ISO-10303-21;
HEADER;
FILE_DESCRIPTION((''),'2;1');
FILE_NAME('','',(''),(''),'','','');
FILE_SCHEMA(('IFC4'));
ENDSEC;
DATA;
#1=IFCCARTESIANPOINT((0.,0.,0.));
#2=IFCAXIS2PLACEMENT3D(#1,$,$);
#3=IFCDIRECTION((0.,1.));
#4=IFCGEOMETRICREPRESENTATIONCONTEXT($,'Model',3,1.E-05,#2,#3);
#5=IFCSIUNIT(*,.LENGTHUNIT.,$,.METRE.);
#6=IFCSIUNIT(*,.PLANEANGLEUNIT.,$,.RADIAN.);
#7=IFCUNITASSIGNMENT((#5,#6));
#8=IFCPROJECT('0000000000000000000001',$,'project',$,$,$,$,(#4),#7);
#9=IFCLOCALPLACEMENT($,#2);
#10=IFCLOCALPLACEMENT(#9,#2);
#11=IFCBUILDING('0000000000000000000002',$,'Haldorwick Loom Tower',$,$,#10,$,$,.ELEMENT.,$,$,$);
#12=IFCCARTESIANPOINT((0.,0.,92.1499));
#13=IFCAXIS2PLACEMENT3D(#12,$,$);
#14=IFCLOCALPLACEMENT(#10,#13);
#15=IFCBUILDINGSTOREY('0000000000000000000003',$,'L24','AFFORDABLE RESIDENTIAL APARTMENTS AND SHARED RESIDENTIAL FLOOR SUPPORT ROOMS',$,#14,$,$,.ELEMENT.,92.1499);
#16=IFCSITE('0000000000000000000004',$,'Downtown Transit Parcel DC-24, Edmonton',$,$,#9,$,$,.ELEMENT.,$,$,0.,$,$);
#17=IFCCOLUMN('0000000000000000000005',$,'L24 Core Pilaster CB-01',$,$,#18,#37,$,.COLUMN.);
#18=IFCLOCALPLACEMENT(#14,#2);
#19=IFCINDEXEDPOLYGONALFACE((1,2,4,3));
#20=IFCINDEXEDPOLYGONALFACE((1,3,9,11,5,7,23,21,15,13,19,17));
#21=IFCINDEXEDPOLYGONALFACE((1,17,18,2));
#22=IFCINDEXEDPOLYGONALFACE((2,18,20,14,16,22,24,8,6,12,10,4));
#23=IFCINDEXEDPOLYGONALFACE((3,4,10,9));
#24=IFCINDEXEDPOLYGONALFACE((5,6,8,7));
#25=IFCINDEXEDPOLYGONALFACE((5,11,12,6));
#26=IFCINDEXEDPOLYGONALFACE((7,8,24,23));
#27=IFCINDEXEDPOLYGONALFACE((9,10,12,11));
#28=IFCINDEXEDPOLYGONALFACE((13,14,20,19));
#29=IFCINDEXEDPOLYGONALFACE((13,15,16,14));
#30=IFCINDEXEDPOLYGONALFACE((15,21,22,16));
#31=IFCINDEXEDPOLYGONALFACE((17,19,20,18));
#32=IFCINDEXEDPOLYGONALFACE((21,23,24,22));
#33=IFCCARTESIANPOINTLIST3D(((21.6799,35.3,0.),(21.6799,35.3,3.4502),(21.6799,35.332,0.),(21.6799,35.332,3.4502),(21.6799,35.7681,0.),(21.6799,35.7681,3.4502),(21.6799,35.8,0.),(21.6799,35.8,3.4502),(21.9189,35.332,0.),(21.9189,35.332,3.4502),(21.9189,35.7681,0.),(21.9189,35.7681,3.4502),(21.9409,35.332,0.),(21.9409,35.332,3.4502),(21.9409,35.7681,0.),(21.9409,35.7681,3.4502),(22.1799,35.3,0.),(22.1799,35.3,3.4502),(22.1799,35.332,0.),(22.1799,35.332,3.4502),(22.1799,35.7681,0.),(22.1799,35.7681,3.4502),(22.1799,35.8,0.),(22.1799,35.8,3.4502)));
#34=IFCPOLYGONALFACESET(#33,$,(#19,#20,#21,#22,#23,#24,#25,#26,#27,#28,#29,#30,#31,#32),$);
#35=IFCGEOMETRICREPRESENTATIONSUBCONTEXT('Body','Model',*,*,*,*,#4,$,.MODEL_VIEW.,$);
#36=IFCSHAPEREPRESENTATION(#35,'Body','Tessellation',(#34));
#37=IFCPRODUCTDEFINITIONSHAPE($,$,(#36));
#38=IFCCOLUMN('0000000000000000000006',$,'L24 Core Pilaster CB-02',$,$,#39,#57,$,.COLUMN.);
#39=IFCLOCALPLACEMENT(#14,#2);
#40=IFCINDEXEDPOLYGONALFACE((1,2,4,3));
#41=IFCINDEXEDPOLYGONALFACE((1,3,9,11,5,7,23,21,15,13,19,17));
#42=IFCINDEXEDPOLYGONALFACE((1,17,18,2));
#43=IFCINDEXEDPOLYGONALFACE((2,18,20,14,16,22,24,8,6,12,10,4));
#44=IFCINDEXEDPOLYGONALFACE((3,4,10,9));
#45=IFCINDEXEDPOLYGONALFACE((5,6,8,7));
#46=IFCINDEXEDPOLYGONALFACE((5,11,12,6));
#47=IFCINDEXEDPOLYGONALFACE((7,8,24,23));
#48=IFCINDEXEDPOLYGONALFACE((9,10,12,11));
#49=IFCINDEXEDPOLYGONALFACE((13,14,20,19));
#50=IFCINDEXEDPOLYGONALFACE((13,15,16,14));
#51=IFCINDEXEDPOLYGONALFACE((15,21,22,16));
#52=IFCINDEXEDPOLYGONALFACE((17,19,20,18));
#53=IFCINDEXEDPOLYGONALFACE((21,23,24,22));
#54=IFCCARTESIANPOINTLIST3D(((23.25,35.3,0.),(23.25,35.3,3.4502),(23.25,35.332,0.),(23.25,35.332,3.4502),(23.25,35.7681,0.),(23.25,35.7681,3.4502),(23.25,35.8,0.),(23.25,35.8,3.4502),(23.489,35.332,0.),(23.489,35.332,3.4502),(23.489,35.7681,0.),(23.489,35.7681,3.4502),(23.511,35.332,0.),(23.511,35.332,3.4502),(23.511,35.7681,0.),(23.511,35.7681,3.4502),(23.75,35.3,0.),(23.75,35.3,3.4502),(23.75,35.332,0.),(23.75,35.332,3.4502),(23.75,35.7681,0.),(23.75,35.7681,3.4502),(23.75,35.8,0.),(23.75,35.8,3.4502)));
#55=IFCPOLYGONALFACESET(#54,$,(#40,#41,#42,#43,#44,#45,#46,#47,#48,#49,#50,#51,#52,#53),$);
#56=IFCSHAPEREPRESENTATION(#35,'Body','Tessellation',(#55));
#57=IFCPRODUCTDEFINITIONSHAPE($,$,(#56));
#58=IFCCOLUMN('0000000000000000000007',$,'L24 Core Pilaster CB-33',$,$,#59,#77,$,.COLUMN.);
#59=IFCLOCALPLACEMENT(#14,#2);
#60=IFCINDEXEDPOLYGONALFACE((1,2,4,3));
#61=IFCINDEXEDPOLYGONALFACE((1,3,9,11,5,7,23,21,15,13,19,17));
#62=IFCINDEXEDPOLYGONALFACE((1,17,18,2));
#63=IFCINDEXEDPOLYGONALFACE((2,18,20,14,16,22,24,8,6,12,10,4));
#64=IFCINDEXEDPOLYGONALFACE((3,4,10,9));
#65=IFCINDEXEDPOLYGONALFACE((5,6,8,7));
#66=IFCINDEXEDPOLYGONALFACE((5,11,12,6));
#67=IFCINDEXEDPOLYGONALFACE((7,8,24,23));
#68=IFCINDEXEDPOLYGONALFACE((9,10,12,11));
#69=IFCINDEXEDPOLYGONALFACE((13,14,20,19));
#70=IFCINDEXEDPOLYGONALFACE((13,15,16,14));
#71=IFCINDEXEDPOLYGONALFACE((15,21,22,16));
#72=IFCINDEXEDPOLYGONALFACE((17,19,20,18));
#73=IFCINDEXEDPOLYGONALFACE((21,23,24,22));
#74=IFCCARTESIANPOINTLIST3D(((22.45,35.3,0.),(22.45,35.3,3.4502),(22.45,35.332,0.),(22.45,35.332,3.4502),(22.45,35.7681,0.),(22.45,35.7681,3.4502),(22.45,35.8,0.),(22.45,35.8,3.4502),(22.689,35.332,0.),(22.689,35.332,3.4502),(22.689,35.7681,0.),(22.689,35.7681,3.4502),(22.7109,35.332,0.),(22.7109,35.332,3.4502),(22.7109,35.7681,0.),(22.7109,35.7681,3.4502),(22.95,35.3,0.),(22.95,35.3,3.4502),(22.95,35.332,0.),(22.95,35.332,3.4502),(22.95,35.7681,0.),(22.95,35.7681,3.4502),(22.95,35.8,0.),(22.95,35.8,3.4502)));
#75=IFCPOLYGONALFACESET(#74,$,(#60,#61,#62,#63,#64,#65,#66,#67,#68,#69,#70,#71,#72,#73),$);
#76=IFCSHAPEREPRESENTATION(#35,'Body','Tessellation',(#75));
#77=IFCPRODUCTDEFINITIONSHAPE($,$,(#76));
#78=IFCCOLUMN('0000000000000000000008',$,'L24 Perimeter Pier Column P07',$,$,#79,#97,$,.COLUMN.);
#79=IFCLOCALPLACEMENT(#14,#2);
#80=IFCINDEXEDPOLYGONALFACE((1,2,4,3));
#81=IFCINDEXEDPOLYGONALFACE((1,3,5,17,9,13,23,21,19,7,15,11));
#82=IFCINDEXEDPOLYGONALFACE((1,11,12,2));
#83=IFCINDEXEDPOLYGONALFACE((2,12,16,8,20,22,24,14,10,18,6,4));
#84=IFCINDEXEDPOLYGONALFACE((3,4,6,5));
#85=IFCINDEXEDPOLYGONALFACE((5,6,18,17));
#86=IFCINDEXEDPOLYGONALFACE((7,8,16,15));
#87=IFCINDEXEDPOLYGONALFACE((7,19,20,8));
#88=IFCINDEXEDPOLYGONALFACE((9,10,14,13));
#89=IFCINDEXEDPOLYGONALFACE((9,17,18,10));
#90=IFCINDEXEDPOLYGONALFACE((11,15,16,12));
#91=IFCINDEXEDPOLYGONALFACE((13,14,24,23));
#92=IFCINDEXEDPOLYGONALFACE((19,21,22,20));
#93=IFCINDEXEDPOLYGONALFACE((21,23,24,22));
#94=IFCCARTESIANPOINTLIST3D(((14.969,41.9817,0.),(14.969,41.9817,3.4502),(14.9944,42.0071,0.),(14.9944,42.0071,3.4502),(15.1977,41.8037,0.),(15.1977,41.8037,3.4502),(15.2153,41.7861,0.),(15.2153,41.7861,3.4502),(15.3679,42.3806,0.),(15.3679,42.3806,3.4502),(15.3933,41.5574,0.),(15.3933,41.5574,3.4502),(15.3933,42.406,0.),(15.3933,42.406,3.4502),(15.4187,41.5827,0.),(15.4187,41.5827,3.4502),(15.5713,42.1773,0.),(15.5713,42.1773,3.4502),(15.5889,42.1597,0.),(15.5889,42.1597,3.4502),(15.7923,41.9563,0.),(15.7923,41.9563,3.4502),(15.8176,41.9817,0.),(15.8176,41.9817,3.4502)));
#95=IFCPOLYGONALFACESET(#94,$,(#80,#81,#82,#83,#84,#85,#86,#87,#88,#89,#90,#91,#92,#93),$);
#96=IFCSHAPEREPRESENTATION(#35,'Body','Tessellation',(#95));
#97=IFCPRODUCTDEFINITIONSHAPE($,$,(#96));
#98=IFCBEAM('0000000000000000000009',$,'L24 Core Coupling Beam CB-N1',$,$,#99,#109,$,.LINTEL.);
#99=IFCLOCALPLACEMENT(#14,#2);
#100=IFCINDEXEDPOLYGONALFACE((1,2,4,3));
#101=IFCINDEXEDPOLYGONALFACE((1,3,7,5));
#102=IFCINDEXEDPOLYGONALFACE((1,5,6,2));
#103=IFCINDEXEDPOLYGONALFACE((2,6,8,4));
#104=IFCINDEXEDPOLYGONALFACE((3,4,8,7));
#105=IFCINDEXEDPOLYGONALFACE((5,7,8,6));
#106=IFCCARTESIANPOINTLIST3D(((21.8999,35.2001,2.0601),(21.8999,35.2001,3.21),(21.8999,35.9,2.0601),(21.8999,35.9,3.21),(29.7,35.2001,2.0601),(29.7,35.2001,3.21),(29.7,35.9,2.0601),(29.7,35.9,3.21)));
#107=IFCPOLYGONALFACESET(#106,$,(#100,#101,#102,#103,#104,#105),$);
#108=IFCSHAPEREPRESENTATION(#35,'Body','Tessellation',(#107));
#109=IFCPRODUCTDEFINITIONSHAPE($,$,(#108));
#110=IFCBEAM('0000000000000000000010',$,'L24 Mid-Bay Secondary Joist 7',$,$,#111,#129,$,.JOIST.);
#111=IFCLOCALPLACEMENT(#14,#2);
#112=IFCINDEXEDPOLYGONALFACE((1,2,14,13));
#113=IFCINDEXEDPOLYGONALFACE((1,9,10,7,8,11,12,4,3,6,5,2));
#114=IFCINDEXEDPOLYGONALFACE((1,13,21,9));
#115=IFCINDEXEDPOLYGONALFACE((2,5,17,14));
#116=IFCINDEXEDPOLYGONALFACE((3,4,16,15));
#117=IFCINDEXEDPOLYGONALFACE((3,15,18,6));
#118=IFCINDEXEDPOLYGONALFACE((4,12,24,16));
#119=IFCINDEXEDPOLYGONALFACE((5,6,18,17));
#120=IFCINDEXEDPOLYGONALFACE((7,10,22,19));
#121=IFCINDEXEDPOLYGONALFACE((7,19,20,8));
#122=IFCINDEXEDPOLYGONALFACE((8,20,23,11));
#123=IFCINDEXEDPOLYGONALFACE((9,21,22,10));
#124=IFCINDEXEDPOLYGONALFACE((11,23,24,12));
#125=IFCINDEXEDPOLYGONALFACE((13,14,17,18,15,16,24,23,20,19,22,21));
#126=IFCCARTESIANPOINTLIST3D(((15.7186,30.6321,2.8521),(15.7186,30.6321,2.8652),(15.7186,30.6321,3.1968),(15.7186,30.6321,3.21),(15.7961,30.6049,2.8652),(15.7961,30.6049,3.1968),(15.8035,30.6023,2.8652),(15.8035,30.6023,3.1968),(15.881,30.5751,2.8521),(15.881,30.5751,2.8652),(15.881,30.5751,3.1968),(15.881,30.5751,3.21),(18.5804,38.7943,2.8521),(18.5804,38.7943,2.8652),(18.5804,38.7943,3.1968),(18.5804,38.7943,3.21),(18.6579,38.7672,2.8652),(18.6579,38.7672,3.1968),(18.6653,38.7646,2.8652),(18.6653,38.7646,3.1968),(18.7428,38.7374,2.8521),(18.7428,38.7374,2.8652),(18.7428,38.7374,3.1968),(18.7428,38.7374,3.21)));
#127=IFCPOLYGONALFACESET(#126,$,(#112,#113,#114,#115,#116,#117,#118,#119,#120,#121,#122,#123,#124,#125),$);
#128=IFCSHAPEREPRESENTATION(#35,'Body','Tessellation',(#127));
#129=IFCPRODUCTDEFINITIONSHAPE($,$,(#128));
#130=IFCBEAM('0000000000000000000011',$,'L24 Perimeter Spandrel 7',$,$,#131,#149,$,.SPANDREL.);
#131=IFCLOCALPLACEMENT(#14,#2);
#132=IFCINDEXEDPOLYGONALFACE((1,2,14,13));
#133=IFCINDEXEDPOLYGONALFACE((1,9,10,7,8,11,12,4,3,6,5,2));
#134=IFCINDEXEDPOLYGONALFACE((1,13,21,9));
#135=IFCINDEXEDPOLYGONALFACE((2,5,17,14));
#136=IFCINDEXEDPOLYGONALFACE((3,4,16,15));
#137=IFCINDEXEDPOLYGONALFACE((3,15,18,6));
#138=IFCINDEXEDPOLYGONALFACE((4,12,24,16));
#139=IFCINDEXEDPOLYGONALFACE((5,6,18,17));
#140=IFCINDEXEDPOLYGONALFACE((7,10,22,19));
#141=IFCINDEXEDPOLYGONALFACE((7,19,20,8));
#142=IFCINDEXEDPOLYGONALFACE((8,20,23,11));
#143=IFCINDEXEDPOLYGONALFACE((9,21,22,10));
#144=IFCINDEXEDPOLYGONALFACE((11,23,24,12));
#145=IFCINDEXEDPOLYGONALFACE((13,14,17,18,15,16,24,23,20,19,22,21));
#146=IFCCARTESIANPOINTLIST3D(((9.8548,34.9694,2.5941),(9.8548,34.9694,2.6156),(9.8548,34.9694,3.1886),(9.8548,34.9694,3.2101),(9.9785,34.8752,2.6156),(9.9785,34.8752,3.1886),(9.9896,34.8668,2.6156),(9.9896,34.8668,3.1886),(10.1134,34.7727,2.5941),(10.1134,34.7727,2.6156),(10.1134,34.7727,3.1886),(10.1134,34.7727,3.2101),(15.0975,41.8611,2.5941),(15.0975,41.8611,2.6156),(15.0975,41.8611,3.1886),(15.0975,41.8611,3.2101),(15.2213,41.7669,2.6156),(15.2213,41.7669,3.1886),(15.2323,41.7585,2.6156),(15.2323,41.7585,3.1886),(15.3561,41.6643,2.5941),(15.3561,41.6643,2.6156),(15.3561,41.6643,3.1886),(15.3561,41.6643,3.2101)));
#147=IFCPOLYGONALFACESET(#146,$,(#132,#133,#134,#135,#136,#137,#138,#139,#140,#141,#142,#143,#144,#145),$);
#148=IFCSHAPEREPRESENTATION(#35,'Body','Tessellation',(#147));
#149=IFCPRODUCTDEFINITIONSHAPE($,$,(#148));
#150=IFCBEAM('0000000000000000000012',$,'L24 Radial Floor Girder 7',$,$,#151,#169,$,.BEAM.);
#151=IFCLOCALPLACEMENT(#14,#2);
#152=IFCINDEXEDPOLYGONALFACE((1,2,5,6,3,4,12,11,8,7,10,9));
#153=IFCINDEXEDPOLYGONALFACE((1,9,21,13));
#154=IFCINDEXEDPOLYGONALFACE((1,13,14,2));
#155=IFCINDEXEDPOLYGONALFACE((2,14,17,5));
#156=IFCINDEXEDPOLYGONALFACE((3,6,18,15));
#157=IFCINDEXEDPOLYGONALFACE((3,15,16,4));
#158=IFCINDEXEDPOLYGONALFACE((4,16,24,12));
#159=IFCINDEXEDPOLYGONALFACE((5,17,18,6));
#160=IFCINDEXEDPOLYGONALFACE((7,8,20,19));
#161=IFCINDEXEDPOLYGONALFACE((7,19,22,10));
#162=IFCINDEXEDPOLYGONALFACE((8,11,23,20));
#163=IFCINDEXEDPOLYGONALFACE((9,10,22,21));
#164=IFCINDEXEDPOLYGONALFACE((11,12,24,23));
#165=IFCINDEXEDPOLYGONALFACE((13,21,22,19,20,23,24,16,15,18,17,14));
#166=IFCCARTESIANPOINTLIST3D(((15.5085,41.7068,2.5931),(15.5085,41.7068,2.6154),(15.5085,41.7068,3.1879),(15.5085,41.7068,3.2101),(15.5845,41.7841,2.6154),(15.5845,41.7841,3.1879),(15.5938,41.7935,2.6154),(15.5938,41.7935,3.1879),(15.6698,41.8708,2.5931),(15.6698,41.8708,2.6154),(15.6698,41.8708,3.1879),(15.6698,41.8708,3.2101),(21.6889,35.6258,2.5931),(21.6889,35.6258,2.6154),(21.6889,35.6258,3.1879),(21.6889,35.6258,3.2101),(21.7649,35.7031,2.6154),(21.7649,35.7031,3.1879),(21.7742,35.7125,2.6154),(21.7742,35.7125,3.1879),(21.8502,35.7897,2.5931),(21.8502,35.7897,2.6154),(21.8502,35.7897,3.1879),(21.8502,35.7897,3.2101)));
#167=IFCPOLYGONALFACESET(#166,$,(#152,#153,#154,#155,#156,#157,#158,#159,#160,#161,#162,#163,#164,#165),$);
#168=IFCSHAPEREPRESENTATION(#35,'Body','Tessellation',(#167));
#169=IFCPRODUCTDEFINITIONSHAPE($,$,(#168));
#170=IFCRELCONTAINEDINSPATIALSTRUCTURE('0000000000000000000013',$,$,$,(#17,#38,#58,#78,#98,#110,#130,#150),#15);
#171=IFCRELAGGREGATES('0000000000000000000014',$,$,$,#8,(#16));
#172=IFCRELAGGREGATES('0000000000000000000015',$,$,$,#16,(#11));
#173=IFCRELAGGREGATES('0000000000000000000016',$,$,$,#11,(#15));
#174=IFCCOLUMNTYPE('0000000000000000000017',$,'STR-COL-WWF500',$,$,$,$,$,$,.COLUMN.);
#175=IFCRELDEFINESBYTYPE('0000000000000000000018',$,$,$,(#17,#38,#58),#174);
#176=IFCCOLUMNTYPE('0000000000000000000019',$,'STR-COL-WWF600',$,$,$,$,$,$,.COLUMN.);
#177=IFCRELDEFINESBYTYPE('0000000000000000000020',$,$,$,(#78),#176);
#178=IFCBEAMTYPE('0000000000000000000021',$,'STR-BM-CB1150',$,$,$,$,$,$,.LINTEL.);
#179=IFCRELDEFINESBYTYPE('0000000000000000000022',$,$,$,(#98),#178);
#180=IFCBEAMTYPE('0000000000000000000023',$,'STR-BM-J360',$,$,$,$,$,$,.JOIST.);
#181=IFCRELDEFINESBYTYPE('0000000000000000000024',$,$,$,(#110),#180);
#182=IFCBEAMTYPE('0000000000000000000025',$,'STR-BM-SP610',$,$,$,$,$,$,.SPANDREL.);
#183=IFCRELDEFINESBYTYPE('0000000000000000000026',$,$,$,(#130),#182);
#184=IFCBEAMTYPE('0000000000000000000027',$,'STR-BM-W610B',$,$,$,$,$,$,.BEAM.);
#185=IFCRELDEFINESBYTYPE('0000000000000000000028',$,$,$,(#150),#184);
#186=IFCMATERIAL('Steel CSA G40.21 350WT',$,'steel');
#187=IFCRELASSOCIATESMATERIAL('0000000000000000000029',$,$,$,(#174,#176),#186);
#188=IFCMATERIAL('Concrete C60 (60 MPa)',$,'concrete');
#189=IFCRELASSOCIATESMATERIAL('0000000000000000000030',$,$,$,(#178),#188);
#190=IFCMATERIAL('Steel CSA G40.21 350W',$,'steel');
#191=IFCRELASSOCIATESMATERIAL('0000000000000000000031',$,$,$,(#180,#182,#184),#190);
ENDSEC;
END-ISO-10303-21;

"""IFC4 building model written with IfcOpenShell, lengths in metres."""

from ifc_helpers import new_model, si_unit, direction, frame, origin, origin_2d, place, context, subcontext, project, spatial, rectangle, i_section, extrude, material, material_profile, profile_set, type_object, element, save


model = new_model("IFC4")

# Units and contexts
model_context = context("Model", 3, precision=1e-05, world=origin(), true_north=direction((0.0, 1.0)))
body_context = subcontext(model_context, "Body", "Model", "MODEL_VIEW")
ifc_project = project(units=[si_unit("LENGTHUNIT", "METRE"), si_unit("PLANEANGLEUNIT", "RADIAN")], contexts=[model_context])

# Site, building, storey
site_placement = place(None, origin())
site = spatial("IfcSite", under=ifc_project, at=site_placement, Name="Downtown Transit Parcel DC-24, Edmonton", CompositionType="ELEMENT", RefElevation=0.0)
building_placement = place(site_placement, origin())
building = spatial("IfcBuilding", under=site, at=building_placement, Name="Haldorwick Loom Tower", CompositionType="ELEMENT")
storey_placement = place(building_placement, frame((0.0, 0.0, 92.1499)))
storey = spatial("IfcBuildingStorey", under=building, at=storey_placement, Name="L24", Description="AFFORDABLE RESIDENTIAL APARTMENTS AND SHARED RESIDENTIAL FLOOR SUPPORT ROOMS", CompositionType="ELEMENT", Elevation=92.1499)

# Columns
ifc_material_1 = material(Name="Steel CSA G40.21 350WT", Category="steel")
ifc_material_profile_1 = material_profile(ifc_material_1, i_section(OverallWidth=0.5, OverallDepth=0.5, WebThickness=0.022, FlangeThickness=0.032, at=origin_2d()), Name="WWF500X500", Category="steel")
ifc_profile_set_1 = profile_set([ifc_material_profile_1], Name="Steel CSA G40.21 350WT")
column_type_1 = type_object("IfcColumnType", Name="STR-COL-WWF500", PredefinedType="COLUMN", material=ifc_profile_set_1)
for number, where, z_axis, x_axis, name in (
    (1, (21.9299, 35.55, 0.0), (0.0, 0.0, 1.0), (1.0, 0.0, 0.0), "L24 Core Pilaster CB-01"),
    (2, (23.5, 35.55, 0.0), (0.0, 0.0, 1.0), (1.0, 0.0, 0.0), "L24 Core Pilaster CB-02"),
    (3, (22.7, 35.55, 0.0), (0.0, 0.0, 1.0), (1.0, 0.0, 0.0), "L24 Core Pilaster CB-33"),
):
    element("IfcColumn", number, at=place(storey_placement, frame(where, z_axis=z_axis, x_axis=x_axis)), inside=storey, type_object=column_type_1, Name=name, PredefinedType="COLUMN", context=body_context, shape_type="SweptSolid", body=[
        extrude(i_section(OverallWidth=0.5, OverallDepth=0.5, WebThickness=0.022, FlangeThickness=0.032, at=origin_2d()), origin(), (0.0, 0.0, 1.0), 3.4502),
    ])
ifc_material_profile_2 = material_profile(ifc_material_1, i_section(OverallWidth=0.6001, OverallDepth=0.6001, WebThickness=0.0249, FlangeThickness=0.0359, at=origin_2d()), Name="WWF600X600", Category="steel")
ifc_profile_set_2 = profile_set([ifc_material_profile_2], Name="Steel CSA G40.21 350WT")
column_type_2 = type_object("IfcColumnType", Name="STR-COL-WWF600", PredefinedType="COLUMN", material=ifc_profile_set_2)
column_placement = place(storey_placement, frame((15.3933, 41.9817, 0.0), z_axis=(0.0, 0.0, 1.0), x_axis=(-0.707107, 0.707107, 0.0)))
element("IfcColumn", 4, at=column_placement, inside=storey, type_object=column_type_2, Name="L24 Perimeter Pier Column P07", PredefinedType="COLUMN", context=body_context, shape_type="SweptSolid", body=[
    extrude(i_section(OverallWidth=0.6001, OverallDepth=0.6001, WebThickness=0.0249, FlangeThickness=0.0359, at=origin_2d()), origin(), (0.0, 0.0, 1.0), 3.4502),
])

# Beams
ifc_material_2 = material(Name="Concrete C60 (60 MPa)", Category="concrete")
ifc_material_profile_3 = material_profile(ifc_material_2, rectangle(XDim=0.7, YDim=1.1499, at=origin_2d()), Name="RC700X1150", Category="concrete")
ifc_profile_set_3 = profile_set([ifc_material_profile_3], Name="Concrete C60 (60 MPa)")
beam_type_1 = type_object("IfcBeamType", Name="STR-BM-CB1150", PredefinedType="LINTEL", material=ifc_profile_set_3)
beam_1_placement = place(storey_placement, frame((21.8999, 35.55, 2.635), z_axis=(1.0, 0.0, 0.0), x_axis=(0.0, 1.0, 0.0)))
element("IfcBeam", 5, at=beam_1_placement, inside=storey, type_object=beam_type_1, Name="L24 Core Coupling Beam CB-N1", PredefinedType="LINTEL", context=body_context, shape_type="SweptSolid", body=[
    extrude(rectangle(XDim=0.7, YDim=1.1499, at=origin_2d()), origin(), (0.0, 0.0, 1.0), 7.8),
])
ifc_material_3 = material(Name="Steel CSA G40.21 350W", Category="steel")
ifc_material_profile_4 = material_profile(ifc_material_3, i_section(OverallWidth=0.1721, OverallDepth=0.3579, WebThickness=0.0078, FlangeThickness=0.0132, at=origin_2d()), Name="W360X57", Category="steel")
ifc_profile_set_4 = profile_set([ifc_material_profile_4], Name="Steel CSA G40.21 350W")
beam_type_2 = type_object("IfcBeamType", Name="STR-BM-J360", PredefinedType="JOIST", material=ifc_profile_set_4)
beam_2_placement = place(storey_placement, frame((18.6616, 38.7659, 3.031), z_axis=(-0.330865, -0.943678, 0.0), x_axis=(0.943678, -0.330865, 0.0)))
element("IfcBeam", 6, at=beam_2_placement, inside=storey, type_object=beam_type_2, Name="L24 Mid-Bay Secondary Joist 7", PredefinedType="JOIST", context=body_context, shape_type="SweptSolid", body=[
    extrude(i_section(OverallWidth=0.1721, OverallDepth=0.3579, WebThickness=0.0078, FlangeThickness=0.0132, at=origin_2d()), origin(), (0.0, 0.0, 1.0), 8.6494),
])
ifc_material_profile_5 = material_profile(ifc_material_3, i_section(OverallWidth=0.325, OverallDepth=0.616, WebThickness=0.0139, FlangeThickness=0.0215, at=origin_2d()), Name="W610X174", Category="steel")
ifc_profile_set_5 = profile_set([ifc_material_profile_5], Name="Steel CSA G40.21 350W")
beam_type_3 = type_object("IfcBeamType", Name="STR-BM-SP610", PredefinedType="SPANDREL", material=ifc_profile_set_5)
beam_3_placement = place(storey_placement, frame((15.2268, 41.7627, 2.9021), z_axis=(-0.605454, -0.795881, 0.0), x_axis=(0.795881, -0.605454, 0.0)))
element("IfcBeam", 7, at=beam_3_placement, inside=storey, type_object=beam_type_3, Name="L24 Perimeter Spandrel 7", PredefinedType="SPANDREL", context=body_context, shape_type="SweptSolid", body=[
    extrude(i_section(OverallWidth=0.325, OverallDepth=0.616, WebThickness=0.0139, FlangeThickness=0.0215, at=origin_2d()), origin(), (0.0, 0.0, 1.0), 8.6592),
])
ifc_material_profile_6 = material_profile(ifc_material_3, i_section(OverallWidth=0.23, OverallDepth=0.6169, WebThickness=0.0132, FlangeThickness=0.0222, at=origin_2d()), Name="W610X140", Category="steel")
ifc_profile_set_6 = profile_set([ifc_material_profile_6], Name="Steel CSA G40.21 350W")
beam_type_4 = type_object("IfcBeamType", Name="STR-BM-W610B", PredefinedType="BEAM", material=ifc_profile_set_6)
beam_4_placement = place(storey_placement, frame((21.7695, 35.7078, 2.9016), z_axis=(-0.712814, 0.701353, 0.0), x_axis=(-0.701353, -0.712814, 0.0)))
element("IfcBeam", 8, at=beam_4_placement, inside=storey, type_object=beam_type_4, Name="L24 Radial Floor Girder 7", PredefinedType="BEAM", context=body_context, shape_type="SweptSolid", body=[
    extrude(i_section(OverallWidth=0.23, OverallDepth=0.6169, WebThickness=0.0132, FlangeThickness=0.0222, at=origin_2d()), origin(), (0.0, 0.0, 1.0), 8.6704),
])

save(model, "model.ifc")
